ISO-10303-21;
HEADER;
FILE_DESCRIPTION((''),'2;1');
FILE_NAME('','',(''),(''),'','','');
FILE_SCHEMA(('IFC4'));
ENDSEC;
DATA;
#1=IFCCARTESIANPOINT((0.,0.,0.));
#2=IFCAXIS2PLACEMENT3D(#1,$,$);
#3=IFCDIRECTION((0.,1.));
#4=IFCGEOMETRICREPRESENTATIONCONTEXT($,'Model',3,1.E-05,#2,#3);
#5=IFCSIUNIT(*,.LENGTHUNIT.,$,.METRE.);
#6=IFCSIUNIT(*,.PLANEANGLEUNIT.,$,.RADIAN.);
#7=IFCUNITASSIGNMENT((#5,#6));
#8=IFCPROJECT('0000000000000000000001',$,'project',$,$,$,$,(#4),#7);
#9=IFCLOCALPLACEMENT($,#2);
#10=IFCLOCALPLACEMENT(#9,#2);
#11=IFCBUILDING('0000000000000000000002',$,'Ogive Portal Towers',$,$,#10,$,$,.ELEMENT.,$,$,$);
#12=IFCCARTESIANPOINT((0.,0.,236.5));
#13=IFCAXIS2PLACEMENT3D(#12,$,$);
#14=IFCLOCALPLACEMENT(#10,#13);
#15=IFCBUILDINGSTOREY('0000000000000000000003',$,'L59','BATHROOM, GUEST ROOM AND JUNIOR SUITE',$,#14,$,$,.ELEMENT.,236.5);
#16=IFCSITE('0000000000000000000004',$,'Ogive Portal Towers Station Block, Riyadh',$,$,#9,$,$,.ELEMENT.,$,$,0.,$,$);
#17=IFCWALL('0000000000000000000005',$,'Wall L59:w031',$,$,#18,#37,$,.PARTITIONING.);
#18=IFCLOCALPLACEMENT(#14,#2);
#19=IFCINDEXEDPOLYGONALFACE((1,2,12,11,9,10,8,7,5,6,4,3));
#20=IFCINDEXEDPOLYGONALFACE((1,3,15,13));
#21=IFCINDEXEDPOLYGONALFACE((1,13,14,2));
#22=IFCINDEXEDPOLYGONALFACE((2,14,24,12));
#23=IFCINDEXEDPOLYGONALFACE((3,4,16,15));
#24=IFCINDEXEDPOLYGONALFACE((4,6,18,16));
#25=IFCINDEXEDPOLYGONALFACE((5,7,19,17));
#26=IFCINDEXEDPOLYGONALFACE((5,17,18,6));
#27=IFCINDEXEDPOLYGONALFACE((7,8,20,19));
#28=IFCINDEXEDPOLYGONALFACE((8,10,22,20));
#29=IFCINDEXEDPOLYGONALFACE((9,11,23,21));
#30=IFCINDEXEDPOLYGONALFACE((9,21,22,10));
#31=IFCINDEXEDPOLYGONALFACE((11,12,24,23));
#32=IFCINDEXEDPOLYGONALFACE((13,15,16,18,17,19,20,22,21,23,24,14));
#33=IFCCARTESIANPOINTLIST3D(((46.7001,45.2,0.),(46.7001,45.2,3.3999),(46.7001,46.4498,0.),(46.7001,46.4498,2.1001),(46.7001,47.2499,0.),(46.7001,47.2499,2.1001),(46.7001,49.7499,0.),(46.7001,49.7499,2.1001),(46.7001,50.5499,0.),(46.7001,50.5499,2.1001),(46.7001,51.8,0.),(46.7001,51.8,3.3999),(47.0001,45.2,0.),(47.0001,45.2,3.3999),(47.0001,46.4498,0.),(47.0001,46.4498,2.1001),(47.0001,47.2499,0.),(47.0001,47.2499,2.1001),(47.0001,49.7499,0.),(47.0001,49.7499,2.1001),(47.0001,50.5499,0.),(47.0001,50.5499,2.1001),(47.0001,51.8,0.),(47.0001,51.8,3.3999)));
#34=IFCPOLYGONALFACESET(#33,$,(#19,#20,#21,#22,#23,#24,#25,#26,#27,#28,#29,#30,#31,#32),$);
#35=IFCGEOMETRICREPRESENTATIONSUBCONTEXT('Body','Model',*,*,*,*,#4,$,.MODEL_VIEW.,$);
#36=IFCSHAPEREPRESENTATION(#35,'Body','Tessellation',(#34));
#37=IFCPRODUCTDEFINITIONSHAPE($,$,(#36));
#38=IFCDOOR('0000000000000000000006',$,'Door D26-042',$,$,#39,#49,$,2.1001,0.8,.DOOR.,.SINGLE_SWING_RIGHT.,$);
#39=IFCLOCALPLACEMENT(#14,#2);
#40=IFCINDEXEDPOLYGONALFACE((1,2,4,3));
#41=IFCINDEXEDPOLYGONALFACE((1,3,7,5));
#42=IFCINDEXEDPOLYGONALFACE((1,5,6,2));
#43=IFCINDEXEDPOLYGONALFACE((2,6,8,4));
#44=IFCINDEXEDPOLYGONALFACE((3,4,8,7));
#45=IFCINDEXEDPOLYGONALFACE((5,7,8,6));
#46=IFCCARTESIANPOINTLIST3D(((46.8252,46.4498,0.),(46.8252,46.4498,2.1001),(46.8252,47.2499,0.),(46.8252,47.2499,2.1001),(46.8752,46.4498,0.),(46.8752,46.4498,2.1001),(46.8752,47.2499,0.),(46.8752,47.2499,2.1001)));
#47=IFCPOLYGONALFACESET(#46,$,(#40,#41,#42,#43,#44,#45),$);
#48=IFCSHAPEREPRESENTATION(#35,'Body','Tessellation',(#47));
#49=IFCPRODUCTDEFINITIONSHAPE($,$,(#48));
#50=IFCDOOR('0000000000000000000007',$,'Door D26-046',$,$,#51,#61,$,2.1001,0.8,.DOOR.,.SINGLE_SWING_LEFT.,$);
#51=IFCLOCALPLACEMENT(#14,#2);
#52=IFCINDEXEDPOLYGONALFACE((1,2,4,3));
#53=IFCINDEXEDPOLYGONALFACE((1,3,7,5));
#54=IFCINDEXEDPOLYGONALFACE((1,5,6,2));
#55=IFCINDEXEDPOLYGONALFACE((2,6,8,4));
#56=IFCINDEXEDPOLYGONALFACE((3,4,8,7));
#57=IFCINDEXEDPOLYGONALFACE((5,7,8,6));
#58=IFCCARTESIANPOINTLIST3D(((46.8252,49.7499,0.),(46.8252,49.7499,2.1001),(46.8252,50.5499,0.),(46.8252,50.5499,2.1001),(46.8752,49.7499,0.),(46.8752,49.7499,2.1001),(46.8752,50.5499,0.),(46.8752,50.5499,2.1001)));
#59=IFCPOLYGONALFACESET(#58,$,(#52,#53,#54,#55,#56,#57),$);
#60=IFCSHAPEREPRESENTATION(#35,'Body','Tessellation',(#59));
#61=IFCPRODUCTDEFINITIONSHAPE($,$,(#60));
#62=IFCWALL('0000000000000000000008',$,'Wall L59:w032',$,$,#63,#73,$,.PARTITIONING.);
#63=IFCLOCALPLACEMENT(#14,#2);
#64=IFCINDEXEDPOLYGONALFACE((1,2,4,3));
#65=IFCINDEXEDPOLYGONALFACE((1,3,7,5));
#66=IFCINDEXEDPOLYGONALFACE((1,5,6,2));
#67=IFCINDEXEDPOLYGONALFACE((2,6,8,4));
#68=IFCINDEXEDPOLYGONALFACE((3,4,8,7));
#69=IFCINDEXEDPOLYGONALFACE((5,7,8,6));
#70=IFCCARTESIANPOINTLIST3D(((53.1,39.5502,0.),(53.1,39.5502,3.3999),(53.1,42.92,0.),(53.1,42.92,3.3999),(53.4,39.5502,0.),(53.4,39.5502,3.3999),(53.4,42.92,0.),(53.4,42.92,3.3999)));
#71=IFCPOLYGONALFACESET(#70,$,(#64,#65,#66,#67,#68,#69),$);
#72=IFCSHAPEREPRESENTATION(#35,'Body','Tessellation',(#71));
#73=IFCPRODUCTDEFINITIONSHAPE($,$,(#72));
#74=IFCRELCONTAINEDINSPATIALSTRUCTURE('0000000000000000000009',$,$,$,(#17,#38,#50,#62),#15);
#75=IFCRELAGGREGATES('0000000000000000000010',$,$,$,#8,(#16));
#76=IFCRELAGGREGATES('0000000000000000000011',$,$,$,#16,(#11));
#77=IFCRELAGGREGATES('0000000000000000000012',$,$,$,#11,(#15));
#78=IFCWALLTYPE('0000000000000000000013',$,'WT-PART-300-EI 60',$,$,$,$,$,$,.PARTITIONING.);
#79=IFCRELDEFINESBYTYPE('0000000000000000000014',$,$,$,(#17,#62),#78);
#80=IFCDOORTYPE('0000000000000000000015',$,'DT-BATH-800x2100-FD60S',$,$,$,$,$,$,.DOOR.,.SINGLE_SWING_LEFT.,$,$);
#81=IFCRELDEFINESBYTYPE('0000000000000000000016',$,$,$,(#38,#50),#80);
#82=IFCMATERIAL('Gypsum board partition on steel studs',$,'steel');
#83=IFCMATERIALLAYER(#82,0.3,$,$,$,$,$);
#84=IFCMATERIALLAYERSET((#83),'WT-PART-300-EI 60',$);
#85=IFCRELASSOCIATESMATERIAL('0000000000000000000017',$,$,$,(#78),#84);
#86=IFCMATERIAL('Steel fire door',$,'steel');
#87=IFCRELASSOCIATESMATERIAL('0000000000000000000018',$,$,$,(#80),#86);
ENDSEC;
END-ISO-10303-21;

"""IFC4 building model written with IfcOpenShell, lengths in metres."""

from ifc_helpers import new_model, si_unit, direction, frame, frame_2d, origin, place, context, subcontext, project, spatial, rectangle, extrude, material, layer, layer_set, type_object, element, fill, save


model = new_model("IFC4")

# Units and contexts
model_context = context("Model", 3, precision=1e-05, world=origin(), true_north=direction((0.0, 1.0)))
body_context = subcontext(model_context, "Body", "Model", "MODEL_VIEW")
ifc_project = project(units=[si_unit("LENGTHUNIT", "METRE"), si_unit("PLANEANGLEUNIT", "RADIAN")], contexts=[model_context])

# Site, building, storey
site_placement = place(None, origin())
site = spatial("IfcSite", under=ifc_project, at=site_placement, Name="Ogive Portal Towers Station Block, Riyadh", CompositionType="ELEMENT", RefElevation=0.0)
building_placement = place(site_placement, origin())
building = spatial("IfcBuilding", under=site, at=building_placement, Name="Ogive Portal Towers", CompositionType="ELEMENT")
storey_placement = place(building_placement, frame((0.0, 0.0, 236.5)))
storey = spatial("IfcBuildingStorey", under=building, at=storey_placement, Name="L59", Description="BATHROOM, GUEST ROOM AND JUNIOR SUITE", CompositionType="ELEMENT", Elevation=236.5)

# Shared definitions
ifc_material_1 = material(Name="Gypsum board partition on steel studs", Category="steel")
ifc_layer_1 = layer(ifc_material_1, 0.3)
ifc_layer_set_1 = layer_set([ifc_layer_1], Name="WT-PART-300-EI 60")
wall_type = type_object("IfcWallType", Name="WT-PART-300-EI 60", PredefinedType="PARTITIONING", material=ifc_layer_set_1)

# Wall, openings, doors
ifc_material_2 = material(Name="Steel fire door", Category="steel")
wall_1_placement = place(storey_placement, frame((46.8501, 45.2, 0.0), z_axis=(0.0, 0.0, 1.0), x_axis=(0.0, 1.0, 0.0)))
wall_1 = element("IfcWall", 1, at=wall_1_placement, inside=storey, type_object=wall_type, Name="Wall L59:w031", PredefinedType="PARTITIONING", context=body_context, shape_type="SweptSolid", body=[
    extrude(rectangle(XDim=6.6001, YDim=0.3, at=frame_2d((3.3, 0.0))), origin(), (0.0, 0.0, 1.0), 3.3999),
])
opening_1_placement = place(wall_1_placement, frame((1.25, 0.0, 0.0)))
opening_1 = element("IfcOpeningElement", 2, at=opening_1_placement, cuts=wall_1, PredefinedType="OPENING", context=body_context, shape_type="SweptSolid", body=[
    extrude(rectangle(XDim=0.8, YDim=2.1001, at=frame_2d((0.3999, 1.05))), frame((0.0, 0.1602, 0.0), z_axis=(0.0, -1.0, 0.0), x_axis=(1.0, 0.0, 0.0)), (0.0, 0.0, 1.0), 0.3201),
])
opening_2_placement = place(wall_1_placement, frame((4.55, 0.0, 0.0)))
opening_2 = element("IfcOpeningElement", 3, at=opening_2_placement, cuts=wall_1, PredefinedType="OPENING", context=body_context, shape_type="SweptSolid", body=[
    extrude(rectangle(XDim=0.8, YDim=2.1001, at=frame_2d((0.3999, 1.05))), frame((0.0, 0.1602, 0.0), z_axis=(0.0, -1.0, 0.0), x_axis=(1.0, 0.0, 0.0)), (0.0, 0.0, 1.0), 0.3201),
])
door_type_1 = type_object("IfcDoorType", Name="DT-BATH-800x2100-FD60S", OperationType="SINGLE_SWING_LEFT", PredefinedType="DOOR", material=ifc_material_2)
door_1_placement = place(opening_1_placement, origin())
door_1 = element("IfcDoor", 4, at=door_1_placement, inside=storey, type_object=door_type_1, Name="Door D26-042", OperationType="SINGLE_SWING_RIGHT", OverallHeight=2.1001, OverallWidth=0.8, PredefinedType="DOOR", context=body_context, shape_type="SweptSolid", body=[
    extrude(rectangle(XDim=0.8, YDim=2.1001, at=frame_2d((0.3999, 1.05))), frame((0.0, 0.0249, 0.0), z_axis=(0.0, -1.0, 0.0), x_axis=(1.0, 0.0, 0.0)), (0.0, 0.0, 1.0), 0.05),
])
fill(opening_1, door_1)
door_2_placement = place(opening_2_placement, origin())
door_2 = element("IfcDoor", 5, at=door_2_placement, inside=storey, type_object=door_type_1, Name="Door D26-046", OperationType="SINGLE_SWING_LEFT", OverallHeight=2.1001, OverallWidth=0.8, PredefinedType="DOOR", context=body_context, shape_type="SweptSolid", body=[
    extrude(rectangle(XDim=0.8, YDim=2.1001, at=frame_2d((0.3999, 1.05))), frame((0.0, 0.0249, 0.0), z_axis=(0.0, -1.0, 0.0), x_axis=(1.0, 0.0, 0.0)), (0.0, 0.0, 1.0), 0.05),
])
fill(opening_2, door_2)

# Wall
wall_2_placement = place(storey_placement, frame((53.25, 39.55, 0.0), z_axis=(0.0, 0.0, 1.0), x_axis=(0.0, 1.0, 0.0)))
element("IfcWall", 6, at=wall_2_placement, inside=storey, type_object=wall_type, Name="Wall L59:w032", PredefinedType="PARTITIONING", context=body_context, shape_type="SweptSolid", body=[
    extrude(rectangle(XDim=3.3699, YDim=0.3, at=frame_2d((1.6851, 0.0))), origin(), (0.0, 0.0, 1.0), 3.3999),
])

save(model, "model.ifc")
